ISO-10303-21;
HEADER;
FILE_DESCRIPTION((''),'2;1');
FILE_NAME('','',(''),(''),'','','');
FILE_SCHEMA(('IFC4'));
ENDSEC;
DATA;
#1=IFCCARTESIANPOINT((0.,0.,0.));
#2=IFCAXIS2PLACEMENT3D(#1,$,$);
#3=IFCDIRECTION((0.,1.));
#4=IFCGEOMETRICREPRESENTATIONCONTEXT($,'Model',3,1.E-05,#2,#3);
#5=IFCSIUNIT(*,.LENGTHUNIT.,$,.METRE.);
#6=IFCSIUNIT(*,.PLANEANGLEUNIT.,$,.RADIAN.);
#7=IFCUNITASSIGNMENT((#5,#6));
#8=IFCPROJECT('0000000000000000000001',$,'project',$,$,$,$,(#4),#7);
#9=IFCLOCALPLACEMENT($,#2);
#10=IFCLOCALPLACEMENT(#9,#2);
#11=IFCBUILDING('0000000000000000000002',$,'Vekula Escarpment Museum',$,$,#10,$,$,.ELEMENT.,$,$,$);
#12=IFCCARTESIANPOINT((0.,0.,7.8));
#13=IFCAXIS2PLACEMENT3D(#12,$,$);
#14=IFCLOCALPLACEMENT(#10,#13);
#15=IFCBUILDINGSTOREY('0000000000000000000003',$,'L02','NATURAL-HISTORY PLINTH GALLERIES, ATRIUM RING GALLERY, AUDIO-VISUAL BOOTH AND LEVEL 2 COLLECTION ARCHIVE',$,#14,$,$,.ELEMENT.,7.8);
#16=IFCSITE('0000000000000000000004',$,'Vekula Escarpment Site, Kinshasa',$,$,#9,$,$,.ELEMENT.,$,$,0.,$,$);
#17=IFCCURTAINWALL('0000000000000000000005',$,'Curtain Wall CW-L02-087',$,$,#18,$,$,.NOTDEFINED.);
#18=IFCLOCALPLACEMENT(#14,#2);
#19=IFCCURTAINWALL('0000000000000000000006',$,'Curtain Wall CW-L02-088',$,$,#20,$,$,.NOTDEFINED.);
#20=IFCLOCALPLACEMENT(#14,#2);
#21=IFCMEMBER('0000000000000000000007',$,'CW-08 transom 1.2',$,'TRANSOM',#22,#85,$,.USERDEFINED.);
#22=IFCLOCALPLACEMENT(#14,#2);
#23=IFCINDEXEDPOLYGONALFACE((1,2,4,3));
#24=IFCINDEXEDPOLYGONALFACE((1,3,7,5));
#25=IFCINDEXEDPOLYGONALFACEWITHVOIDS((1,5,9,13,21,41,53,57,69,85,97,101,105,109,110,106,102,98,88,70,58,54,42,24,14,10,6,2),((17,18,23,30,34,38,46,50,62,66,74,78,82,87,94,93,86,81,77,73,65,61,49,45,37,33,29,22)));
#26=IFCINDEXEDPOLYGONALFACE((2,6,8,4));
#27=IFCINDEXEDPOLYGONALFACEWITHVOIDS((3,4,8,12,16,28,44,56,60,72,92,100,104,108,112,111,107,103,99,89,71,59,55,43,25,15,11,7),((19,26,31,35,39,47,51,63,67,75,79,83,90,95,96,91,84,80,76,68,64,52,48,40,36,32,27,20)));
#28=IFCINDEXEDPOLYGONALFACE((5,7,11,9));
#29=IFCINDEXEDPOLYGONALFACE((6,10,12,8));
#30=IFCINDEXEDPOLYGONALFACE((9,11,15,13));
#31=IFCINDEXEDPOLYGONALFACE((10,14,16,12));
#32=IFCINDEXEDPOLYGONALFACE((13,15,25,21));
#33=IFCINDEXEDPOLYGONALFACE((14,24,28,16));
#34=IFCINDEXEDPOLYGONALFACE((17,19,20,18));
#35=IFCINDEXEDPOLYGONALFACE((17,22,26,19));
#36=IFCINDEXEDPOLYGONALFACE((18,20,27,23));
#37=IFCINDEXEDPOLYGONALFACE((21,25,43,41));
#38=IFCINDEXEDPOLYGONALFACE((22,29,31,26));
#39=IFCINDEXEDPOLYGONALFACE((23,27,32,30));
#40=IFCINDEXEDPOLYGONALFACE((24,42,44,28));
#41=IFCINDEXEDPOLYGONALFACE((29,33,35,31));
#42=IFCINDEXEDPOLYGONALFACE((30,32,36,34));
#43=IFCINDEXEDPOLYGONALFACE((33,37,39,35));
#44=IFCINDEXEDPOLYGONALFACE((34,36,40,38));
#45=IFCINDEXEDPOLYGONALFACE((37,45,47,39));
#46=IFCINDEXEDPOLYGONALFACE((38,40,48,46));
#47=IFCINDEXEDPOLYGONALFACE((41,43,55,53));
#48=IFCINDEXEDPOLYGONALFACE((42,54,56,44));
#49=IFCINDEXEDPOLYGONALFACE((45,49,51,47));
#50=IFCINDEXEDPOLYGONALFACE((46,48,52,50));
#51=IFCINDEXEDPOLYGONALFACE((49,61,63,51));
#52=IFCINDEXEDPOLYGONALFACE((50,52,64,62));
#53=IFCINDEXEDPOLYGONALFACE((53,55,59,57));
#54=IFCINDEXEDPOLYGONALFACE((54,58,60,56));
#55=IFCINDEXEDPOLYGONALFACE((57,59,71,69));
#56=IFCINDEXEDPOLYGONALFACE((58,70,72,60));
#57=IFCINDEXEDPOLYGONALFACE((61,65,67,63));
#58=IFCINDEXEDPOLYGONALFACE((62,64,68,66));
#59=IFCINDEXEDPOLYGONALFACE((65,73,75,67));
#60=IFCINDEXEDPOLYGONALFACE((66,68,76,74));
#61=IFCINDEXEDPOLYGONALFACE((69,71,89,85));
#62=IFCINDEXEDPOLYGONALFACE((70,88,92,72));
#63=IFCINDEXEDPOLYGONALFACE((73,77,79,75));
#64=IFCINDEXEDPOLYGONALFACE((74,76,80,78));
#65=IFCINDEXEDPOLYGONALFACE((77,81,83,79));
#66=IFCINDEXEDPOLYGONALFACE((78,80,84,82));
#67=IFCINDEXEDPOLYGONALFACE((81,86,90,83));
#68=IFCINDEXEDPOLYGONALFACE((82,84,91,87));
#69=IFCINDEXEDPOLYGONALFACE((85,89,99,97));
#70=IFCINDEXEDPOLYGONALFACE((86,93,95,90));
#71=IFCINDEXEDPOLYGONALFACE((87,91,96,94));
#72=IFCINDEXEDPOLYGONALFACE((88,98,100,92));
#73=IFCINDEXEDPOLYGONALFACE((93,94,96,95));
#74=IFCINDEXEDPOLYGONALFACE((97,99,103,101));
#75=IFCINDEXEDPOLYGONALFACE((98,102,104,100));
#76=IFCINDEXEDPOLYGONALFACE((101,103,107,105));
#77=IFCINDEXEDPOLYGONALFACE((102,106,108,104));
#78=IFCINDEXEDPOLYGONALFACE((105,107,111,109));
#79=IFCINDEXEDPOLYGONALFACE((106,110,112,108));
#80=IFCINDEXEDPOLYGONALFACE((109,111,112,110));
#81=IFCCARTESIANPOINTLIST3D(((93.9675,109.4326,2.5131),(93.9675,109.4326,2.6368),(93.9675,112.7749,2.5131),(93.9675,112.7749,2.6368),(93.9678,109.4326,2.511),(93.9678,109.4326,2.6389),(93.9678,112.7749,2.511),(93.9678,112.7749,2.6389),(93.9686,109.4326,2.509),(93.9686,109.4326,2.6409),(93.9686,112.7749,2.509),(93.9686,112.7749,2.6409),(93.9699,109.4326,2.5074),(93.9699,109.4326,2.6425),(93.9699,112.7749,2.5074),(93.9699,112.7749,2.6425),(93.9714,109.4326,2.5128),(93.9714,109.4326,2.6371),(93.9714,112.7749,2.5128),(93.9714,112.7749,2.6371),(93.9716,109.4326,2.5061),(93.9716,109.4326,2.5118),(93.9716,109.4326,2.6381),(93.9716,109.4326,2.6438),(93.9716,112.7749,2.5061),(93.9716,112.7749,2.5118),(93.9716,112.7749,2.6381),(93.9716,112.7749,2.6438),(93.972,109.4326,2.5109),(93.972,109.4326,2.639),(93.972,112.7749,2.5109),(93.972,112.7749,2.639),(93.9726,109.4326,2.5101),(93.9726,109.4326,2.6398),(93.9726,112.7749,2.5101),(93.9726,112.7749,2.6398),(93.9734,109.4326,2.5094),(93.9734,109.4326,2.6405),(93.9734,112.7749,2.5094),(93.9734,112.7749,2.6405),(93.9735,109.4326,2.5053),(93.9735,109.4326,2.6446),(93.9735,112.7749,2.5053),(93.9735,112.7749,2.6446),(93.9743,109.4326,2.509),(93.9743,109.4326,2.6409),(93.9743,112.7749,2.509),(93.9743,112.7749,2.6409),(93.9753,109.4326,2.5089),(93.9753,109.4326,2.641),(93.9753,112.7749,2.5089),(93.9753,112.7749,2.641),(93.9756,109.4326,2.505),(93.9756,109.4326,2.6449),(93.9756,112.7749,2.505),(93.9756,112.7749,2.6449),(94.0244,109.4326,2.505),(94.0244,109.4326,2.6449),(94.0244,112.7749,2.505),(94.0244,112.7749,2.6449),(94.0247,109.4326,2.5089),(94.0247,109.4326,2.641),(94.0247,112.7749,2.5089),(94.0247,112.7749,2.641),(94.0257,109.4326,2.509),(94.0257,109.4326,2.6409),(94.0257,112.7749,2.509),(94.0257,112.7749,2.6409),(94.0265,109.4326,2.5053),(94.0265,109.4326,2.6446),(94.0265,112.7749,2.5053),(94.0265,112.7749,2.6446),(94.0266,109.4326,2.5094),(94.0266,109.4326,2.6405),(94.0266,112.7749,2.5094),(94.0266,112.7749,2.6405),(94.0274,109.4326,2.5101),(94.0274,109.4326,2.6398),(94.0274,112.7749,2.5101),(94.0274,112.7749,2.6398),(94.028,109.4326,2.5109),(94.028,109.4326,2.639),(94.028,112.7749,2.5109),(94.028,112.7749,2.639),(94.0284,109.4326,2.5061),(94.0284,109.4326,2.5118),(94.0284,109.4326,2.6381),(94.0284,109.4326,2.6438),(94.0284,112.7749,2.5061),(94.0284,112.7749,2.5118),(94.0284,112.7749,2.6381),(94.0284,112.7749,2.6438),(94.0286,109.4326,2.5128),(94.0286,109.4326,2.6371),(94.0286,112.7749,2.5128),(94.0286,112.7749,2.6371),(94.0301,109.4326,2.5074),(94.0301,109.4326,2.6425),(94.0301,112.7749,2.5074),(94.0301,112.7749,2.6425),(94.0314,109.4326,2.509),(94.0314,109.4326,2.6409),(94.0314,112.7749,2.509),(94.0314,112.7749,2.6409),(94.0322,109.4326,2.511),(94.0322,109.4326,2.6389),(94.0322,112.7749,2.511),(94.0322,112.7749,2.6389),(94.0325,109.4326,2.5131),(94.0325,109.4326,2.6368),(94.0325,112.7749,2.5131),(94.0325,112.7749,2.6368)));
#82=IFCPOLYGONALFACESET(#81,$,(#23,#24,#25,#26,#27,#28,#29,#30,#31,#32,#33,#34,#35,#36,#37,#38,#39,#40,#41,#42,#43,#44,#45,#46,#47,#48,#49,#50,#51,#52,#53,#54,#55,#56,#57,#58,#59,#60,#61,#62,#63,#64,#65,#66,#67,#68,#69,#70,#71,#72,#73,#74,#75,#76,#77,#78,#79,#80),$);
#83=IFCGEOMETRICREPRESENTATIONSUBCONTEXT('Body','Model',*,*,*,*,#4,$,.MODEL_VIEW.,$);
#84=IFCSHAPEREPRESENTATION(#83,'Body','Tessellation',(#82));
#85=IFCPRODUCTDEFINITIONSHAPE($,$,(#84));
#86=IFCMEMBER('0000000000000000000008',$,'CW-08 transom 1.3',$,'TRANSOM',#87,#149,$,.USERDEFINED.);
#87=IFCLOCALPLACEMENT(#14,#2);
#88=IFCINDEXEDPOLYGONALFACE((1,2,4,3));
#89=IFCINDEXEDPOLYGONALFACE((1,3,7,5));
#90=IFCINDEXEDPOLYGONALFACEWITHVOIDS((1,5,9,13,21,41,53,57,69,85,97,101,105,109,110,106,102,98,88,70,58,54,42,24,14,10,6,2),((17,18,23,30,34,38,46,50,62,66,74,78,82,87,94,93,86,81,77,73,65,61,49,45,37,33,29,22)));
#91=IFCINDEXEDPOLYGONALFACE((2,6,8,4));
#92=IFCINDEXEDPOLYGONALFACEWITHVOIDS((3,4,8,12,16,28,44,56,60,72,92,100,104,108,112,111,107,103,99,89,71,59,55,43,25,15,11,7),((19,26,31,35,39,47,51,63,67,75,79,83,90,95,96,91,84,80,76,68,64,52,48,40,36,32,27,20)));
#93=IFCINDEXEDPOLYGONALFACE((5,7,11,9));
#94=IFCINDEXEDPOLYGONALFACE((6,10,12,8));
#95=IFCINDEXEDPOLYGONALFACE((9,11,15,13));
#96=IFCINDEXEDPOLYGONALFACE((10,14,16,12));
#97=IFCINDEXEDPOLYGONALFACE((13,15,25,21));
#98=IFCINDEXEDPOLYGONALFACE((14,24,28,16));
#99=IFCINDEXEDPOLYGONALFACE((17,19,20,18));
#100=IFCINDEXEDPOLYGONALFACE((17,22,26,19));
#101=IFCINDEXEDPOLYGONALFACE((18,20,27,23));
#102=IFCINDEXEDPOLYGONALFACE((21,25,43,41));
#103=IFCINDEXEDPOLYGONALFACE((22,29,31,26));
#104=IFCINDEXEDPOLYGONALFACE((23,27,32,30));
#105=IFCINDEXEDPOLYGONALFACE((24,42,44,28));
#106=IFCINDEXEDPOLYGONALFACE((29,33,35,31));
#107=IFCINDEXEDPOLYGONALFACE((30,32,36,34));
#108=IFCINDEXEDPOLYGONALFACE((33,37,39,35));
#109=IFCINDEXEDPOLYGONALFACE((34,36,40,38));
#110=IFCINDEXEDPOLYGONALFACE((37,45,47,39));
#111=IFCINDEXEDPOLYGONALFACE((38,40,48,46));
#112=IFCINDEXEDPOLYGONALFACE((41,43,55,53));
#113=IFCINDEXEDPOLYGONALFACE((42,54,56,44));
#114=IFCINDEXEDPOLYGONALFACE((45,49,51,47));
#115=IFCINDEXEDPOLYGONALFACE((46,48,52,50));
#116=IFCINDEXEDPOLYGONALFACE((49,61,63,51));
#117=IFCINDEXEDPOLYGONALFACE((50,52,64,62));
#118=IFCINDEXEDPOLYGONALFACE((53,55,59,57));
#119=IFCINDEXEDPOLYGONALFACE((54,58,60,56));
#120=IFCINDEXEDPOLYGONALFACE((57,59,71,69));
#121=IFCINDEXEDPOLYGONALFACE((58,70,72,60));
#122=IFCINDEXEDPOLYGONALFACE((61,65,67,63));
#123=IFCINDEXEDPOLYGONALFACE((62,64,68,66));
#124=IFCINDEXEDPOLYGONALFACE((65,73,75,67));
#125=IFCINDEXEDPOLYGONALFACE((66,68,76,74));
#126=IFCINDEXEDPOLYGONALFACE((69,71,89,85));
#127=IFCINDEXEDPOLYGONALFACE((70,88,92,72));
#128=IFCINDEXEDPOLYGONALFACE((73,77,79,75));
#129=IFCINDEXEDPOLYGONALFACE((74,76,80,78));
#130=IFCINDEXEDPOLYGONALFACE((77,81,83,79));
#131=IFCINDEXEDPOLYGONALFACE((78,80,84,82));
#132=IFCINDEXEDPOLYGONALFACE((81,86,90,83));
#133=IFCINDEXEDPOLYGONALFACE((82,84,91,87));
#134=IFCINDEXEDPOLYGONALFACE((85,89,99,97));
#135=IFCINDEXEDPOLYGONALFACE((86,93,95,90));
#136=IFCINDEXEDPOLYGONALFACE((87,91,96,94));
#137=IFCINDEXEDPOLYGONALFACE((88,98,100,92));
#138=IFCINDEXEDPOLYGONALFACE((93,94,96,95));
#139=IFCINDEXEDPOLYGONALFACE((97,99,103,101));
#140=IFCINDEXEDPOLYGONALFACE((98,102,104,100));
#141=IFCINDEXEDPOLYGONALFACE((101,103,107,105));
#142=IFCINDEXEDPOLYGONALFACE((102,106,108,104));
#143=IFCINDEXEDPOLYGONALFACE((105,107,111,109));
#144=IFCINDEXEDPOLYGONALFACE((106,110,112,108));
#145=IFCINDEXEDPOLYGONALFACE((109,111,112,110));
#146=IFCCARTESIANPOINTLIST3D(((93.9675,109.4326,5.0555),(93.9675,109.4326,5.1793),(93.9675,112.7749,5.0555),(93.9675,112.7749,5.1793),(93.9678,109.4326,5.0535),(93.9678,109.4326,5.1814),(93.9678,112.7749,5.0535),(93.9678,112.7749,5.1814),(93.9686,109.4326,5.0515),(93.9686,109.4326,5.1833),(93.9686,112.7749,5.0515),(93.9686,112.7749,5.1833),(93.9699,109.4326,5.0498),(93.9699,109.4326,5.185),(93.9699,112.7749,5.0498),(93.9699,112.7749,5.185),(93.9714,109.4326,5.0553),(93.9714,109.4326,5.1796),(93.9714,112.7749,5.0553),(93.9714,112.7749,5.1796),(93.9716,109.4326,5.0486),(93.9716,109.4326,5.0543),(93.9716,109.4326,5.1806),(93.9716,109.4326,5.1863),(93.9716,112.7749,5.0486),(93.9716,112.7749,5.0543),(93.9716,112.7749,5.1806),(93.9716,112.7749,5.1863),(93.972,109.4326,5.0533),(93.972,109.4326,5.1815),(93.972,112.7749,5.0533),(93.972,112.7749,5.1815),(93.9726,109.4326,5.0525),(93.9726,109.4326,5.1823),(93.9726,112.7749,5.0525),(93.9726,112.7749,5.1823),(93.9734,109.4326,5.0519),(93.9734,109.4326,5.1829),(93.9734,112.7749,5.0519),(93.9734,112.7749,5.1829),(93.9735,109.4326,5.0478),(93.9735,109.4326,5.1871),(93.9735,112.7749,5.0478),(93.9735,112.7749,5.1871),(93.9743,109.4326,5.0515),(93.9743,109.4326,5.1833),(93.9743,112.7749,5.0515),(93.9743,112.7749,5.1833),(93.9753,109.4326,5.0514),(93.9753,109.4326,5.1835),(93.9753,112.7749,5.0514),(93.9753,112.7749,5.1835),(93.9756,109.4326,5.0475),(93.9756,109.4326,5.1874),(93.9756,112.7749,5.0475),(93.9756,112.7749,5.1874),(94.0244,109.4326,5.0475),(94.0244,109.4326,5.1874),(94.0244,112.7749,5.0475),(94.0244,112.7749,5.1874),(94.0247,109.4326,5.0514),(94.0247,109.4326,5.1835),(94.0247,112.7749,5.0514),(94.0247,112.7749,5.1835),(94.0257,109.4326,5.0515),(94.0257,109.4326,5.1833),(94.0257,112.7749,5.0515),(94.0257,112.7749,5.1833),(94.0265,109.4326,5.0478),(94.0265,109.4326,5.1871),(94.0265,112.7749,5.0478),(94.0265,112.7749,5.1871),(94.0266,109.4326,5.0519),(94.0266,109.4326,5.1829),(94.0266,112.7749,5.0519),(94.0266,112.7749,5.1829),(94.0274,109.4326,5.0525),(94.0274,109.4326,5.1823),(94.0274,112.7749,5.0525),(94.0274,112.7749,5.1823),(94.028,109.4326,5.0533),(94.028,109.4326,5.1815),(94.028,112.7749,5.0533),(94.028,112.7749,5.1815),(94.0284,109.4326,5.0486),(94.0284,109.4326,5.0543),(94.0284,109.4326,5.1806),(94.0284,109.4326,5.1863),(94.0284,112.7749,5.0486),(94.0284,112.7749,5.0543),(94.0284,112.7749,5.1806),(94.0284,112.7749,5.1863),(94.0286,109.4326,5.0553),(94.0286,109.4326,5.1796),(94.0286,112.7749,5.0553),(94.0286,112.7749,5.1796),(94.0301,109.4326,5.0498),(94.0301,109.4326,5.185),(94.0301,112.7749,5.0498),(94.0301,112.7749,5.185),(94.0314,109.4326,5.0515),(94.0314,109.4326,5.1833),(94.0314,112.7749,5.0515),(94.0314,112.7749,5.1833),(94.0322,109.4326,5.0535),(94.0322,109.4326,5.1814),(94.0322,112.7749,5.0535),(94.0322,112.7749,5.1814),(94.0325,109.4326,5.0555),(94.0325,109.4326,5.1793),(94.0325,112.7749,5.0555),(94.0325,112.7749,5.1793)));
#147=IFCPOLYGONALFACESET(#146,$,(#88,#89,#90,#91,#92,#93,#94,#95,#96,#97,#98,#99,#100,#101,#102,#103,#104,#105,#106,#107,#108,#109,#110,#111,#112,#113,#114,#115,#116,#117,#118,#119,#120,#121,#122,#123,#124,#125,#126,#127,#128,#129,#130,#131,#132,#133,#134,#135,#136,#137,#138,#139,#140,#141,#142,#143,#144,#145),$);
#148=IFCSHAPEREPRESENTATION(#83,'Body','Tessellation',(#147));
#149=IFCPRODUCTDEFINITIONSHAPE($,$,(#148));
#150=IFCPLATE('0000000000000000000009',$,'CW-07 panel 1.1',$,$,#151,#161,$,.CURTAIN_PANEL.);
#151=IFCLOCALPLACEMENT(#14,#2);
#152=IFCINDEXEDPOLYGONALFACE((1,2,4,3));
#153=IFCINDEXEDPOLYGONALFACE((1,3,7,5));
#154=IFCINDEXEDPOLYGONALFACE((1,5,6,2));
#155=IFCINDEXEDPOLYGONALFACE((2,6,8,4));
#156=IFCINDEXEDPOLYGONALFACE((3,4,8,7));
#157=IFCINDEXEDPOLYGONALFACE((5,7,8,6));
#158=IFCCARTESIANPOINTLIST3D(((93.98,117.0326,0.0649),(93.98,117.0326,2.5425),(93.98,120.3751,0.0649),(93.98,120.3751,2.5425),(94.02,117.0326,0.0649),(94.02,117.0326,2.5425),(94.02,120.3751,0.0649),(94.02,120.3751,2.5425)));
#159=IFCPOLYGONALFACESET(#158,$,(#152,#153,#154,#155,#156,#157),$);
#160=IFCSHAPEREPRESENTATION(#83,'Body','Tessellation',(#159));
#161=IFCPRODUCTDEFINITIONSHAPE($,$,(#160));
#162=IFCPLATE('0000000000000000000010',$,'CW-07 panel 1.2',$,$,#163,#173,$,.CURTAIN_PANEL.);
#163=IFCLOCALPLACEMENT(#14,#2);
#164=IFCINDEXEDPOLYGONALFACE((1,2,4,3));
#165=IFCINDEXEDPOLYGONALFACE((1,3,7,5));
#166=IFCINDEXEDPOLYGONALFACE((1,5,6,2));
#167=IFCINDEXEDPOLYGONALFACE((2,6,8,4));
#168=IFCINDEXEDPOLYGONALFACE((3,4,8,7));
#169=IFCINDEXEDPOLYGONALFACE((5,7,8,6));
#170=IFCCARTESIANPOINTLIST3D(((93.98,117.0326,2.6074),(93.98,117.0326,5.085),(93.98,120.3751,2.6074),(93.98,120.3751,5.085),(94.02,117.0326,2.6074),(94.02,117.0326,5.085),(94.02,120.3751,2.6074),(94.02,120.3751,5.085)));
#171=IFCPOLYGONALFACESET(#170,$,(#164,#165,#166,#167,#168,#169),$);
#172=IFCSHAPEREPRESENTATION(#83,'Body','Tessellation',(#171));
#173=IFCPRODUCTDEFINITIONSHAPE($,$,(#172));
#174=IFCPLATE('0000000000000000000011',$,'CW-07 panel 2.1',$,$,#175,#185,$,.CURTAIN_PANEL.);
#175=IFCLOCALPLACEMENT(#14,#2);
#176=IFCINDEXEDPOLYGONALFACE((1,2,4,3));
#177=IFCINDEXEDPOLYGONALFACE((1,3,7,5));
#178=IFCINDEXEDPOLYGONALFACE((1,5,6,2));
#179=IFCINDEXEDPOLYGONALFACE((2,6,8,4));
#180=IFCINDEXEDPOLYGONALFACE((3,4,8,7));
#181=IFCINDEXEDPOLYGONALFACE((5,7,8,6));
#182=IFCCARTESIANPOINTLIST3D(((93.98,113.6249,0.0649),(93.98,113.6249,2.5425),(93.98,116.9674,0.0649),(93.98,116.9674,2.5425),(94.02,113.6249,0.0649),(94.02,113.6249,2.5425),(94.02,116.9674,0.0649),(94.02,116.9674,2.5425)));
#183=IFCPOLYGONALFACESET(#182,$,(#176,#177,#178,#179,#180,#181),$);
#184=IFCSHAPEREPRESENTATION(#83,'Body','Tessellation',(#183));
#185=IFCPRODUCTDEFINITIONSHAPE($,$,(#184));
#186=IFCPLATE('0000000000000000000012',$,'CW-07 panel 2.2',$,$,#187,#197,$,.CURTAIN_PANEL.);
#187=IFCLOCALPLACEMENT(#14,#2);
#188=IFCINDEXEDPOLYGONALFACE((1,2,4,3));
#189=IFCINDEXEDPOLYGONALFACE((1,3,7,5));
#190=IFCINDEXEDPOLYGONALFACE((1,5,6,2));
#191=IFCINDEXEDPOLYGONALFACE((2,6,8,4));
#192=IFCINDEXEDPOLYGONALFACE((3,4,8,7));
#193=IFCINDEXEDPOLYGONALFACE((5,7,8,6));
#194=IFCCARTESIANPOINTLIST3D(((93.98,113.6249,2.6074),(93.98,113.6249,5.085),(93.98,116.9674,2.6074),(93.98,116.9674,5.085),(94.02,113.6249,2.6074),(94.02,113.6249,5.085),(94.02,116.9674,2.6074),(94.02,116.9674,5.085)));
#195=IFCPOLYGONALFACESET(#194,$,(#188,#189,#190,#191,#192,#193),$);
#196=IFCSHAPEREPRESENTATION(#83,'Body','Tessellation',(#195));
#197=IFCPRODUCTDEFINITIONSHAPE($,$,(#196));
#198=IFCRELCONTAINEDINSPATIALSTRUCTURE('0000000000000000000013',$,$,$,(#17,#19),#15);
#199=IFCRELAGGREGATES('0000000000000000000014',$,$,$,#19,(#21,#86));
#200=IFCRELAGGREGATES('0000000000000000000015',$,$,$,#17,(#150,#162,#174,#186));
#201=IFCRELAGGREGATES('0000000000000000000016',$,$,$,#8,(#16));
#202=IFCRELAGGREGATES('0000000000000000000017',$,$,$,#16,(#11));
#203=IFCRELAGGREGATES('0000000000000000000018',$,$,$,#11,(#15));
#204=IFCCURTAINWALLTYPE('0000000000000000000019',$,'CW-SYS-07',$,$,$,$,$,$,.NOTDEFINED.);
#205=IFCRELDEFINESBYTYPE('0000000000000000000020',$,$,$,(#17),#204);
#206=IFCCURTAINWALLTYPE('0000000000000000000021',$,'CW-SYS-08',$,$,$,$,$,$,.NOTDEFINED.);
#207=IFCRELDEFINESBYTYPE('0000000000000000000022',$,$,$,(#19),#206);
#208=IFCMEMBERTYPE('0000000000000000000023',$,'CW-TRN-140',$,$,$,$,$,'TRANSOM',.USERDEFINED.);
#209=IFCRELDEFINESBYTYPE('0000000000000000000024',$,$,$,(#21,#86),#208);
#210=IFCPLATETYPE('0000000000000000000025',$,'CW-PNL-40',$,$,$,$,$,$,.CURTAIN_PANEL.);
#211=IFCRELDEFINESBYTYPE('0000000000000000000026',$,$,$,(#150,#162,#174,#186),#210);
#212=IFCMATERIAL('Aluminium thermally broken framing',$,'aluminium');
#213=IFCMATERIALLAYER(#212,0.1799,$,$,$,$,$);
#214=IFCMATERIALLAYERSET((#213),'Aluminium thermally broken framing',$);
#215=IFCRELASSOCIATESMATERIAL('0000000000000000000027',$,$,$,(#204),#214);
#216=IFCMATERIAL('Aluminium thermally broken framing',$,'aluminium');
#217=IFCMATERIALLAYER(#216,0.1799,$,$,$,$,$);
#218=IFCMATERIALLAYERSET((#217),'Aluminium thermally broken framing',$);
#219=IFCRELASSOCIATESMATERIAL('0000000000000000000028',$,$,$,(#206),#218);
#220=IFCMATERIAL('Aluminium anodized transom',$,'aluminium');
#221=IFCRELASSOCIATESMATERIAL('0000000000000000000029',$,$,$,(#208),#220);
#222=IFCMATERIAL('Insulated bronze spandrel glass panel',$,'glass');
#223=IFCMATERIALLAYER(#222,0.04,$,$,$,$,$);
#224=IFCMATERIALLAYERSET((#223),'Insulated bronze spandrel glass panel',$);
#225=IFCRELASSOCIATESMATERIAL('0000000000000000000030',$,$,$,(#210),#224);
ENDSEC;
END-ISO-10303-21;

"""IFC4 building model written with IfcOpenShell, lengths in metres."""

from ifc_helpers import new_model, si_unit, direction, frame, origin, origin_2d, place, context, subcontext, project, spatial, rectangle, hollow_rectangle, extrude, material, layer, layer_set, material_profile, profile_set, type_object, element, aggregate, save


model = new_model("IFC4")

# Units and contexts
model_context = context("Model", 3, precision=1e-05, world=origin(), true_north=direction((0.0, 1.0)))
body_context = subcontext(model_context, "Body", "Model", "MODEL_VIEW")
ifc_project = project(units=[si_unit("LENGTHUNIT", "METRE"), si_unit("PLANEANGLEUNIT", "RADIAN")], contexts=[model_context])

# Site, building, storey
site_placement = place(None, origin())
site = spatial("IfcSite", under=ifc_project, at=site_placement, Name="Vekula Escarpment Site, Kinshasa", CompositionType="ELEMENT", RefElevation=0.0)
building_placement = place(site_placement, origin())
building = spatial("IfcBuilding", under=site, at=building_placement, Name="Vekula Escarpment Museum", CompositionType="ELEMENT")
storey_placement = place(building_placement, frame((0.0, 0.0, 7.8)))
storey = spatial("IfcBuildingStorey", under=building, at=storey_placement, Name="L02", Description="NATURAL-HISTORY PLINTH GALLERIES, ATRIUM RING GALLERY, AUDIO-VISUAL BOOTH AND LEVEL 2 COLLECTION ARCHIVE", CompositionType="ELEMENT", Elevation=7.8)

# Curtain wall
ifc_material_1 = material(Name="Aluminium thermally broken framing", Category="aluminium")
ifc_layer_1 = layer(ifc_material_1, 0.1799)
ifc_layer_set_1 = layer_set([ifc_layer_1], Name="Aluminium thermally broken framing")
curtain_wall_type_1 = type_object("IfcCurtainWallType", Name="CW-SYS-07", PredefinedType="NOTDEFINED", material=ifc_layer_set_1)
curtain_wall_1_placement = place(storey_placement, origin())
curtain_wall_1 = element("IfcCurtainWall", 1, at=curtain_wall_1_placement, inside=storey, type_object=curtain_wall_type_1, Name="Curtain Wall CW-L02-087", PredefinedType="NOTDEFINED")

# Curtain wall
ifc_material_2 = material(Name="Aluminium thermally broken framing", Category="aluminium")
ifc_layer_2 = layer(ifc_material_2, 0.1799)
ifc_layer_set_2 = layer_set([ifc_layer_2], Name="Aluminium thermally broken framing")
curtain_wall_type_2 = type_object("IfcCurtainWallType", Name="CW-SYS-08", PredefinedType="NOTDEFINED", material=ifc_layer_set_2)
curtain_wall_2_placement = place(storey_placement, origin())
curtain_wall_2 = element("IfcCurtainWall", 2, at=curtain_wall_2_placement, inside=storey, type_object=curtain_wall_type_2, Name="Curtain Wall CW-L02-088", PredefinedType="NOTDEFINED")

# Members
ifc_material_3 = material(Name="Aluminium anodized transom", Category="aluminium")
ifc_material_profile_1 = material_profile(ifc_material_3, hollow_rectangle(XDim=0.0649, YDim=0.1399, WallThickness=0.0039, InnerFilletRadius=0.0039, OuterFilletRadius=0.0081, at=origin_2d()), Name="ALU 140x65x4")
ifc_profile_set_1 = profile_set([ifc_material_profile_1], Name="Aluminium anodized transom")
member_type_1 = type_object("IfcMemberType", Name="CW-TRN-140", ElementType="TRANSOM", PredefinedType="USERDEFINED", material=ifc_profile_set_1)
member_1_placement = place(storey_placement, frame((94.0, 112.7749, 2.575), z_axis=(0.0, -1.0, 0.0), x_axis=(1.0, 0.0, 0.0)))
member_1 = element("IfcMember", 3, at=member_1_placement, type_object=member_type_1, Name="CW-08 transom 1.2", ObjectType="TRANSOM", PredefinedType="USERDEFINED", context=body_context, shape_type="SweptSolid", body=[
    extrude(hollow_rectangle(XDim=0.0649, YDim=0.1399, WallThickness=0.0039, InnerFilletRadius=0.0039, OuterFilletRadius=0.0081, at=origin_2d()), origin(), (0.0, 0.0, 1.0), 3.3423),
])
member_2_placement = place(storey_placement, frame((94.0, 112.7749, 5.1174), z_axis=(0.0, -1.0, 0.0), x_axis=(1.0, 0.0, 0.0)))
member_2 = element("IfcMember", 4, at=member_2_placement, type_object=member_type_1, Name="CW-08 transom 1.3", ObjectType="TRANSOM", PredefinedType="USERDEFINED", context=body_context, shape_type="SweptSolid", body=[
    extrude(hollow_rectangle(XDim=0.0649, YDim=0.1399, WallThickness=0.0039, InnerFilletRadius=0.0039, OuterFilletRadius=0.0081, at=origin_2d()), origin(), (0.0, 0.0, 1.0), 3.3423),
])
aggregate(curtain_wall_2, [member_1, member_2])

# Plates
ifc_material_4 = material(Name="Insulated bronze spandrel glass panel", Category="glass")
ifc_layer_3 = layer(ifc_material_4, 0.04)
ifc_layer_set_3 = layer_set([ifc_layer_3], Name="Insulated bronze spandrel glass panel")
plate_type = type_object("IfcPlateType", Name="CW-PNL-40", PredefinedType="CURTAIN_PANEL", material=ifc_layer_set_3)
plate_1_placement = place(storey_placement, frame((94.0, 118.7039, 0.0649), z_axis=(0.0, 0.0, 1.0), x_axis=(0.0, -1.0, 0.0)))
plate_1 = element("IfcPlate", 5, at=plate_1_placement, type_object=plate_type, Name="CW-07 panel 1.1", PredefinedType="CURTAIN_PANEL", context=body_context, shape_type="SweptSolid", body=[
    extrude(rectangle(XDim=3.3425, YDim=0.04, at=origin_2d()), origin(), (0.0, 0.0, 1.0), 2.4775),
])
plate_2_placement = place(storey_placement, frame((94.0, 118.7039, 2.6074), z_axis=(0.0, 0.0, 1.0), x_axis=(0.0, -1.0, 0.0)))
plate_2 = element("IfcPlate", 6, at=plate_2_placement, type_object=plate_type, Name="CW-07 panel 1.2", PredefinedType="CURTAIN_PANEL", context=body_context, shape_type="SweptSolid", body=[
    extrude(rectangle(XDim=3.3425, YDim=0.04, at=origin_2d()), origin(), (0.0, 0.0, 1.0), 2.4775),
])
plate_3_placement = place(storey_placement, frame((94.0, 115.2961, 0.0649), z_axis=(0.0, 0.0, 1.0), x_axis=(0.0, -1.0, 0.0)))
plate_3 = element("IfcPlate", 7, at=plate_3_placement, type_object=plate_type, Name="CW-07 panel 2.1", PredefinedType="CURTAIN_PANEL", context=body_context, shape_type="SweptSolid", body=[
    extrude(rectangle(XDim=3.3425, YDim=0.04, at=origin_2d()), origin(), (0.0, 0.0, 1.0), 2.4775),
])
plate_4_placement = place(storey_placement, frame((94.0, 115.2961, 2.6074), z_axis=(0.0, 0.0, 1.0), x_axis=(0.0, -1.0, 0.0)))
plate_4 = element("IfcPlate", 8, at=plate_4_placement, type_object=plate_type, Name="CW-07 panel 2.2", PredefinedType="CURTAIN_PANEL", context=body_context, shape_type="SweptSolid", body=[
    extrude(rectangle(XDim=3.3425, YDim=0.04, at=origin_2d()), origin(), (0.0, 0.0, 1.0), 2.4775),
])
aggregate(curtain_wall_1, [plate_1, plate_2, plate_3, plate_4])

save(model, "model.ifc")
